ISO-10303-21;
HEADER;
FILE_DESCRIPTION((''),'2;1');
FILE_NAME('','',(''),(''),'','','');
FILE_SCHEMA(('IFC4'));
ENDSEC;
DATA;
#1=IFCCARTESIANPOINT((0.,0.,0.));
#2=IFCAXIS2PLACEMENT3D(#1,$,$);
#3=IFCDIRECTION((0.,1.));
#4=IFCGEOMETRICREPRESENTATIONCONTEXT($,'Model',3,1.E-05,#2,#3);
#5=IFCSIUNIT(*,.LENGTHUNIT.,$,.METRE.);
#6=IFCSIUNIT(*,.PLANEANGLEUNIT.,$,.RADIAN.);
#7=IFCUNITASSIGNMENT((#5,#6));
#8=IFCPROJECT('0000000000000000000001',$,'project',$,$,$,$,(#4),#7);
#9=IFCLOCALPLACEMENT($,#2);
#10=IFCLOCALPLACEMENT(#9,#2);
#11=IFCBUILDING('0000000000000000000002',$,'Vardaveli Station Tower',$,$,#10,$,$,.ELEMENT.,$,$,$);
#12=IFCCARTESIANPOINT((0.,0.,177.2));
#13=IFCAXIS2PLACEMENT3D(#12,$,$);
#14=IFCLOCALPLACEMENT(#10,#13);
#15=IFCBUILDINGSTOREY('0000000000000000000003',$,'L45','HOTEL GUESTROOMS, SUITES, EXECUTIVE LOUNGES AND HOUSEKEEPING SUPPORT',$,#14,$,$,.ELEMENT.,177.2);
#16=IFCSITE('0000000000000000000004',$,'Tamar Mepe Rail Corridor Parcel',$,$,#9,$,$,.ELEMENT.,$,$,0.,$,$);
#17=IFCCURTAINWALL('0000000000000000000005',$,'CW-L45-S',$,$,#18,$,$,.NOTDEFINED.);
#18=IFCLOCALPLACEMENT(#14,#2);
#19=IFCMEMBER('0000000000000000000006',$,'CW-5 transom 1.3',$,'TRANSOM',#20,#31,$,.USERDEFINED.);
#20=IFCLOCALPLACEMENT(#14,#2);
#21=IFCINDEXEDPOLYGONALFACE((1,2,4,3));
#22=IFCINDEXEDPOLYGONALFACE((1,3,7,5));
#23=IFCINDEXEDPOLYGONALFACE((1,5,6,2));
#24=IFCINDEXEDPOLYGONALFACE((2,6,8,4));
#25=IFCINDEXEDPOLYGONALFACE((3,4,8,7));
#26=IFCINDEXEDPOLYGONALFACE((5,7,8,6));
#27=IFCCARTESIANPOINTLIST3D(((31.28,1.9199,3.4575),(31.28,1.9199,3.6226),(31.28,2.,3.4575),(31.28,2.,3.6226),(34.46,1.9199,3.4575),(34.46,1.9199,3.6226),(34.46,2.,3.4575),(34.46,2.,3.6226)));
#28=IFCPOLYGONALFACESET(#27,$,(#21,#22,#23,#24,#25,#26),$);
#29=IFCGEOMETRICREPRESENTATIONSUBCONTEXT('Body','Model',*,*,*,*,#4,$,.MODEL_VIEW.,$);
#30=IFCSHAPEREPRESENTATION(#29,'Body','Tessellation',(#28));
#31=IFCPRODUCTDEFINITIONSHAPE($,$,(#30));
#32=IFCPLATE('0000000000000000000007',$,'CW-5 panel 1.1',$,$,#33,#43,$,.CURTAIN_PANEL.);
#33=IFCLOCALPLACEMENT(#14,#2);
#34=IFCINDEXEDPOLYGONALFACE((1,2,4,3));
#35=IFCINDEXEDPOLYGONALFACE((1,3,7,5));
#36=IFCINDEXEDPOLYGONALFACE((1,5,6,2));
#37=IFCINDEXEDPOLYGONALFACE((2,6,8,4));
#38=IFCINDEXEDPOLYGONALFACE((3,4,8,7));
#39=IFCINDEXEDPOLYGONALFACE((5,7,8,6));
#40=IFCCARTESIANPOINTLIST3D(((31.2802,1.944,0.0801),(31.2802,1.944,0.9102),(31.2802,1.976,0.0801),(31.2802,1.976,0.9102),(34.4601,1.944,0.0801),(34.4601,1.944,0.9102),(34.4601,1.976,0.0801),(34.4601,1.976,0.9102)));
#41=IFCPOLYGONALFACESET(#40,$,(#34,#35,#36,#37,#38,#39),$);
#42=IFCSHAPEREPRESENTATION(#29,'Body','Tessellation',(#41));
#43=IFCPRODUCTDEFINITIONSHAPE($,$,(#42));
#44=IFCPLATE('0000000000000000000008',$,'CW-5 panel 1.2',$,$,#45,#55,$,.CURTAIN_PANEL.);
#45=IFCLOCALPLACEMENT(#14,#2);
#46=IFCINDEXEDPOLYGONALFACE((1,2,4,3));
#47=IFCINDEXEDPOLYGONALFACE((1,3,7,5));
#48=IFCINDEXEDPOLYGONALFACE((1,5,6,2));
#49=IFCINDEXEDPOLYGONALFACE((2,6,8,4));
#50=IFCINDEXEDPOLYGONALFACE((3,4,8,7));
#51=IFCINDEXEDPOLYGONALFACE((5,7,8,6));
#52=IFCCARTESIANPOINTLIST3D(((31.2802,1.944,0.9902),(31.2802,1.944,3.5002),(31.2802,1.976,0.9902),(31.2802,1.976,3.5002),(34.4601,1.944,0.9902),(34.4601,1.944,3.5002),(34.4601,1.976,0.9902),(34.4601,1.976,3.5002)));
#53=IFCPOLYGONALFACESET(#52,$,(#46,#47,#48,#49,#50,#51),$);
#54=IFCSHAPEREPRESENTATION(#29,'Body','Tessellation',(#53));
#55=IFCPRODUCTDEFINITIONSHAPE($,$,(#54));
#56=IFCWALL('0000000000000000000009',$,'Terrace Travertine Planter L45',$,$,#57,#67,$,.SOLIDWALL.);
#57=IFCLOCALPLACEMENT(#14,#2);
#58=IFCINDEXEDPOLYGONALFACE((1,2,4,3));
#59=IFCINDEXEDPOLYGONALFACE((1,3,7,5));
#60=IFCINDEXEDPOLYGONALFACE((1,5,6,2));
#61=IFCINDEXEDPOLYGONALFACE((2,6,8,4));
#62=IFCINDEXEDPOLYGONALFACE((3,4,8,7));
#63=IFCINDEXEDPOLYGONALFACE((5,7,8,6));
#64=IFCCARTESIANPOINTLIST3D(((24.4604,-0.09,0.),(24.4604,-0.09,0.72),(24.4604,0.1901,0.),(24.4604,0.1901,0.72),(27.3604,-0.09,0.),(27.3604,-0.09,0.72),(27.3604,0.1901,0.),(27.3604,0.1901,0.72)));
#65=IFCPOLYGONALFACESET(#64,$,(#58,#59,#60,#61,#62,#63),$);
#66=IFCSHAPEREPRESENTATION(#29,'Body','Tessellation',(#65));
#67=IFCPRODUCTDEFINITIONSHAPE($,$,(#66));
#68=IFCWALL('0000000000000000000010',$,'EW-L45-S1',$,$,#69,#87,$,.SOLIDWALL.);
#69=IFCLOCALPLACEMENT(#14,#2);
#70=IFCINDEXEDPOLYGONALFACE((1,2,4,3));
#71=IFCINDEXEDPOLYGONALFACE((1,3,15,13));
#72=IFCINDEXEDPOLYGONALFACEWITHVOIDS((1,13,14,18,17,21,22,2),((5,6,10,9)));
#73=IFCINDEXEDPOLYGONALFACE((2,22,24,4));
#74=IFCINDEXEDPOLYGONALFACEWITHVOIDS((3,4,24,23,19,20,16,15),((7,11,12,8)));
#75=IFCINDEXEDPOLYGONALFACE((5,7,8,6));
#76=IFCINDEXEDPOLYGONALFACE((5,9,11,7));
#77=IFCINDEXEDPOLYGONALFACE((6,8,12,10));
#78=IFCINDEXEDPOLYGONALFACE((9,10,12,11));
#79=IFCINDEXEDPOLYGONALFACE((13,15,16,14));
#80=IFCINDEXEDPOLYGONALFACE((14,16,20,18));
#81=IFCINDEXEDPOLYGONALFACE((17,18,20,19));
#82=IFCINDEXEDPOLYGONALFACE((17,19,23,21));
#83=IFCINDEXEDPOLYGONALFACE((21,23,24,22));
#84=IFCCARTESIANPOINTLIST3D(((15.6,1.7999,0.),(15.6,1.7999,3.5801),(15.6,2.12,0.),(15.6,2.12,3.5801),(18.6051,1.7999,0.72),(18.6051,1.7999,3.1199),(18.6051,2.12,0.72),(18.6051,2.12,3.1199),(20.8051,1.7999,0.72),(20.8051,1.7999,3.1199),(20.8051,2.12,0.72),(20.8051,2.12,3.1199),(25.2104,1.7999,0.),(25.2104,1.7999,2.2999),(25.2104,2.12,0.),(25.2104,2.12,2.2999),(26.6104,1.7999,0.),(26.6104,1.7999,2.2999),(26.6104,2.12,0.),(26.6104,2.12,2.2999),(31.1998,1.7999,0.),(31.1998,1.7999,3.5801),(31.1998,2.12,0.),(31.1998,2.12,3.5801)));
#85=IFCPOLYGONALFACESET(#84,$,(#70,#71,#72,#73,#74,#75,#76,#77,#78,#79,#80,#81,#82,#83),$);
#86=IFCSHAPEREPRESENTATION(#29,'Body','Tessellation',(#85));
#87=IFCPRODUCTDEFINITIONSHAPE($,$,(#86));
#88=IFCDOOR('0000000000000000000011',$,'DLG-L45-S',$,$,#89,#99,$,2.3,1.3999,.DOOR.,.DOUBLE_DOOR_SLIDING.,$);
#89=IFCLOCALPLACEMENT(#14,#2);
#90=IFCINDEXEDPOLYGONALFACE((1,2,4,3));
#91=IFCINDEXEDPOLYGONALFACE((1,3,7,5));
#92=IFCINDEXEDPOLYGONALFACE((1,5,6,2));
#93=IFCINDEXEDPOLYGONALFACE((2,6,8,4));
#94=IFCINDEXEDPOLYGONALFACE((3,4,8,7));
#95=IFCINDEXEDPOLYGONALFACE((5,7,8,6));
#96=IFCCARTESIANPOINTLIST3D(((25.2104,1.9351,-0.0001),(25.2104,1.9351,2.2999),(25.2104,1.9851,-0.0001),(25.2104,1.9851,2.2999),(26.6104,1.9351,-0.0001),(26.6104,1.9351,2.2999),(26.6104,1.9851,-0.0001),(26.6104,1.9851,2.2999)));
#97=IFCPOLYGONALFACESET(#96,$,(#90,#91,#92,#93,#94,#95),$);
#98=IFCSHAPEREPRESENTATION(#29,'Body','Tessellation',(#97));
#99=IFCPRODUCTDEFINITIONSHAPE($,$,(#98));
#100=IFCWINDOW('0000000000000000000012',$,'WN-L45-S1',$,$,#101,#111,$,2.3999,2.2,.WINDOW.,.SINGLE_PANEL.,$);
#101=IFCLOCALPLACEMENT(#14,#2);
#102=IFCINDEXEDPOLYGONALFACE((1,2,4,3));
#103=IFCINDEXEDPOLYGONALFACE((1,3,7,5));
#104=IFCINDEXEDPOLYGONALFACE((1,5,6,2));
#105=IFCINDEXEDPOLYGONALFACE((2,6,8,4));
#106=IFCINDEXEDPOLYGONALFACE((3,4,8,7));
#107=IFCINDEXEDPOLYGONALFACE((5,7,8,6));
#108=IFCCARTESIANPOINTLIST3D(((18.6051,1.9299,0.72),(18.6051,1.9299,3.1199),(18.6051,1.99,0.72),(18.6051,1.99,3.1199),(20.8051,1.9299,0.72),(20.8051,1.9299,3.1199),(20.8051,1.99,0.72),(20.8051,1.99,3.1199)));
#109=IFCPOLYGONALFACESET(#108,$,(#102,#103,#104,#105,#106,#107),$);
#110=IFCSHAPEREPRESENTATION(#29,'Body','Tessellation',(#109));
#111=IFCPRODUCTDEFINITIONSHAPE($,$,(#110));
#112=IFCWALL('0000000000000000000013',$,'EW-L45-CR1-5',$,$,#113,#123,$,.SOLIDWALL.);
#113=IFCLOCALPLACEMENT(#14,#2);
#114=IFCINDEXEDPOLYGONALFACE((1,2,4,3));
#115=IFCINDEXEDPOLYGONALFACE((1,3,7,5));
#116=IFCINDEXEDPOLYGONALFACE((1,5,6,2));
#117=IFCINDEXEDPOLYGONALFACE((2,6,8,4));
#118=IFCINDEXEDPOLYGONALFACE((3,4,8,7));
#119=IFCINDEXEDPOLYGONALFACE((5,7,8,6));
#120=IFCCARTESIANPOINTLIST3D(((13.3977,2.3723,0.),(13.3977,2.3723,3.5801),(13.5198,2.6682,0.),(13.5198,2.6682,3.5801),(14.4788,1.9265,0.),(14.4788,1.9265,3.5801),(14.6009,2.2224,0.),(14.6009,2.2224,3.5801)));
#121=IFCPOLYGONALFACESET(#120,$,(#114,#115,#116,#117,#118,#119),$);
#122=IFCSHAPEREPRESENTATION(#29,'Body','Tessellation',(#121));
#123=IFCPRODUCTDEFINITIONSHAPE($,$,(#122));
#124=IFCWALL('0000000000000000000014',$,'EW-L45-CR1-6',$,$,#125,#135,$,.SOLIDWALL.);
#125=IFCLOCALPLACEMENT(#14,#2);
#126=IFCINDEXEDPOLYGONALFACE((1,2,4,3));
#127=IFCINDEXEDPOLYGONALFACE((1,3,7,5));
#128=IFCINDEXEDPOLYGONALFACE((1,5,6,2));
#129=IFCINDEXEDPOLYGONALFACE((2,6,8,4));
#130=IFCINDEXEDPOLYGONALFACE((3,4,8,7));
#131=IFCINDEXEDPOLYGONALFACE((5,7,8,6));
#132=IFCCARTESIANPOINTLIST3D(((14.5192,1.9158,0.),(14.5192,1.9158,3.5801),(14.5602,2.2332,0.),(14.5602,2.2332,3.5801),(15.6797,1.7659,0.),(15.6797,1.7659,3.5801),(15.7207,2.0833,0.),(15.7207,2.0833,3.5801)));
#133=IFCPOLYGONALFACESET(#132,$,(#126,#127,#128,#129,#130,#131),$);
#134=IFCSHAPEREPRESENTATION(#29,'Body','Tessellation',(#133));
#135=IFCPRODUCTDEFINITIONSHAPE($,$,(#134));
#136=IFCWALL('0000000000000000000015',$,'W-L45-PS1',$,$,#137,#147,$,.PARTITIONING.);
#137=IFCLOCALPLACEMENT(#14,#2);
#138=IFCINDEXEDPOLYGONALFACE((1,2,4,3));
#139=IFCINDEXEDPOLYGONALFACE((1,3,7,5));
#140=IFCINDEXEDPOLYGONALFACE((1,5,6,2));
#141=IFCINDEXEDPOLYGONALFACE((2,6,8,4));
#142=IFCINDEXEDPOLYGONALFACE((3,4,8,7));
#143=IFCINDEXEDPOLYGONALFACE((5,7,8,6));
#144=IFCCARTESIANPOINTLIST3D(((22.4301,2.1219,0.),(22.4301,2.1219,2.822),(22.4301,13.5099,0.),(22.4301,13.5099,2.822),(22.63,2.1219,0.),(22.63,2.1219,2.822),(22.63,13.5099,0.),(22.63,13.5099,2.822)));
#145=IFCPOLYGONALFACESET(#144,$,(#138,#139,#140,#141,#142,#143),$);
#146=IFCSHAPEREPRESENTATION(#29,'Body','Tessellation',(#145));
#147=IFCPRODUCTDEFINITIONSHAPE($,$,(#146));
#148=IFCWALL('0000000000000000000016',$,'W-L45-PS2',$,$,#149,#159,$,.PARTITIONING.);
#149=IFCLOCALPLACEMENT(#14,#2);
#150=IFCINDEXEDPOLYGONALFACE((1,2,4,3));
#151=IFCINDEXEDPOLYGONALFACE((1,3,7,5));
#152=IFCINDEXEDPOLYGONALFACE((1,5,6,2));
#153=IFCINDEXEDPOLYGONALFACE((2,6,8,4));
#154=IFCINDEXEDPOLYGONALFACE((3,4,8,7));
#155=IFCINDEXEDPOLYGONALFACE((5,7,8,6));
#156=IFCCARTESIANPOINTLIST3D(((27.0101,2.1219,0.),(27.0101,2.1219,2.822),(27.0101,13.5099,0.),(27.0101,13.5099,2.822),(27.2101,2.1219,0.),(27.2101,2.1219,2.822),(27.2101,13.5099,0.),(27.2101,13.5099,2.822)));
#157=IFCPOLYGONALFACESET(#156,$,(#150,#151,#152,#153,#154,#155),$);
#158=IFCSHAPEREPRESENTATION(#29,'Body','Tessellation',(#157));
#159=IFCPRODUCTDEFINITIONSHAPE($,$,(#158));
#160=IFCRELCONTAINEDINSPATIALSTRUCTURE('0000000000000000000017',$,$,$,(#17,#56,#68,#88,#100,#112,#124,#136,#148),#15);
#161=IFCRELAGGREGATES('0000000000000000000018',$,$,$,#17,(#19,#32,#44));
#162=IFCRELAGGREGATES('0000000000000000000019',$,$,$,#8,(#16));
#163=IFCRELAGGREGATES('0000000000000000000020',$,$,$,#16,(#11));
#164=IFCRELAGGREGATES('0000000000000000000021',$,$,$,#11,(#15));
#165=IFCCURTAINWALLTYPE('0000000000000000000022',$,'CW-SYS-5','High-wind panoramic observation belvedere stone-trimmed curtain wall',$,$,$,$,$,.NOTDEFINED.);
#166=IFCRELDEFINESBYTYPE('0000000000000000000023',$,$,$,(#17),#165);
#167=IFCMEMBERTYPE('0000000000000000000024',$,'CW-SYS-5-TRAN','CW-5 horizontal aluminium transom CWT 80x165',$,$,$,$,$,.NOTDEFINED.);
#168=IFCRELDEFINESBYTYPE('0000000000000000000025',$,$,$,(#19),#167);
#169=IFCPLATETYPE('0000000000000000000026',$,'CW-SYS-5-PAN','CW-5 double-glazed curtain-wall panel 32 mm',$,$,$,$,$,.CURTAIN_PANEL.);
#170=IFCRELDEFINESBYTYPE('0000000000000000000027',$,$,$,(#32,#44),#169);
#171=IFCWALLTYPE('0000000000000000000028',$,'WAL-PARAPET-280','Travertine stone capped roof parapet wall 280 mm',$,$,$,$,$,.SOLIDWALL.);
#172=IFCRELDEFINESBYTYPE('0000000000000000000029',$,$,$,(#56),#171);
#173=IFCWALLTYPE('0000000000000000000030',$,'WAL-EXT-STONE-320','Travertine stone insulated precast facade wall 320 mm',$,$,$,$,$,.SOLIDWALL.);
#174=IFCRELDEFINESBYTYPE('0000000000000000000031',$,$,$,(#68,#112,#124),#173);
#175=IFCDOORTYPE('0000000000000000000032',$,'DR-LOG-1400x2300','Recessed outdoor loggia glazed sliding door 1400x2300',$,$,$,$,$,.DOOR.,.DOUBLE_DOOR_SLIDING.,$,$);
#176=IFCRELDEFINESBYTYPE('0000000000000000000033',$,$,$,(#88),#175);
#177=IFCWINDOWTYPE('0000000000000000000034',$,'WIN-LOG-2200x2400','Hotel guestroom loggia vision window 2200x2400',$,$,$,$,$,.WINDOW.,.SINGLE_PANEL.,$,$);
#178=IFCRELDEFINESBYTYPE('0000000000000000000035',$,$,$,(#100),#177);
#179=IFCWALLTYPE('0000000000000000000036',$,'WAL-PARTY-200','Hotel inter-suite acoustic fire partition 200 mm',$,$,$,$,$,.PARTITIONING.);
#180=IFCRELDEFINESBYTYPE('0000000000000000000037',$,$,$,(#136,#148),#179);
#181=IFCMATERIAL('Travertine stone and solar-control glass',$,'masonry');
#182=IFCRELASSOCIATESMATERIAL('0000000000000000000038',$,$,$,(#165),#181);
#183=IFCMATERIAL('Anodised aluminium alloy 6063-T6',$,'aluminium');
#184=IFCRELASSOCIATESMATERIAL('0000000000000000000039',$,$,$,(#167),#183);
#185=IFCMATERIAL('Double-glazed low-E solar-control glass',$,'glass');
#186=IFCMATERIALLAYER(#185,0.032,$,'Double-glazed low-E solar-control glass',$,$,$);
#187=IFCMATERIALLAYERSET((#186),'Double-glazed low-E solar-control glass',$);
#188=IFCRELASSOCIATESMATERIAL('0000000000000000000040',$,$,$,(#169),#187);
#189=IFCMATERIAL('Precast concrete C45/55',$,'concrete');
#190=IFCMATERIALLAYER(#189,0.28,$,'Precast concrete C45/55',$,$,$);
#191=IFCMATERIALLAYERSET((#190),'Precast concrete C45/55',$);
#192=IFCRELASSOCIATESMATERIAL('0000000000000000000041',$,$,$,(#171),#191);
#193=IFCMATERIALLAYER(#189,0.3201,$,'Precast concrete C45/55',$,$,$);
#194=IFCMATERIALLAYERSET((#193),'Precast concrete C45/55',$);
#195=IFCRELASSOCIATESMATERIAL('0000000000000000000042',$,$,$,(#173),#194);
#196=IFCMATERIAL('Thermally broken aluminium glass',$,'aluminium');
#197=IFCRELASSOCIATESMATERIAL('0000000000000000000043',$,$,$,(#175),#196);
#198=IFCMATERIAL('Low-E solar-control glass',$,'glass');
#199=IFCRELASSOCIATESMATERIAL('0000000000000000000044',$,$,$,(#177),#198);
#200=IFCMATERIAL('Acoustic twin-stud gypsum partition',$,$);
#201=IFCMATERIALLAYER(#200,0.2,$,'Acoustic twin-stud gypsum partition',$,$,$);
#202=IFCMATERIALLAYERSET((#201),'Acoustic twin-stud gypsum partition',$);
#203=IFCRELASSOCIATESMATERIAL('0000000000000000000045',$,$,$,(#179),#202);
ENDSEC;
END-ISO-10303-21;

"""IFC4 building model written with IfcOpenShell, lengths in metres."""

from ifc_helpers import new_model, si_unit, direction, frame, frame_2d, origin, origin_2d, place, context, subcontext, project, spatial, rectangle, extrude, source, transform, mapped, material, layer, layer_set, material_profile, profile_set, type_object, element, fill, aggregate, save


model = new_model("IFC4")

# Units and contexts
model_context = context("Model", 3, precision=1e-05, world=origin(), true_north=direction((0.0, 1.0)))
body_context = subcontext(model_context, "Body", "Model", "MODEL_VIEW")
ifc_project = project(units=[si_unit("LENGTHUNIT", "METRE"), si_unit("PLANEANGLEUNIT", "RADIAN")], contexts=[model_context])

# Site, building, storey
site_placement = place(None, origin())
site = spatial("IfcSite", under=ifc_project, at=site_placement, Name="Tamar Mepe Rail Corridor Parcel", CompositionType="ELEMENT", RefElevation=0.0)
building_placement = place(site_placement, origin())
building = spatial("IfcBuilding", under=site, at=building_placement, Name="Vardaveli Station Tower", CompositionType="ELEMENT")
storey_placement = place(building_placement, frame((0.0, 0.0, 177.2)))
storey = spatial("IfcBuildingStorey", under=building, at=storey_placement, Name="L45", Description="HOTEL GUESTROOMS, SUITES, EXECUTIVE LOUNGES AND HOUSEKEEPING SUPPORT", CompositionType="ELEMENT", Elevation=177.2)

# Shared definitions
ifc_material_1 = material(Name="Precast concrete C45/55", Category="concrete")

# Curtain wall, member, plates
ifc_material_2 = material(Name="Travertine stone and solar-control glass", Category="masonry")
curtain_wall_type = type_object("IfcCurtainWallType", Name="CW-SYS-5", Description="High-wind panoramic observation belvedere stone-trimmed curtain wall", PredefinedType="NOTDEFINED", material=ifc_material_2)
curtain_wall_placement = place(storey_placement, origin())
curtain_wall = element("IfcCurtainWall", 1, at=curtain_wall_placement, inside=storey, type_object=curtain_wall_type, Name="CW-L45-S", PredefinedType="NOTDEFINED")
ifc_material_3 = material(Name="Anodised aluminium alloy 6063-T6", Category="aluminium")
ifc_material_profile_1 = material_profile(ifc_material_3, rectangle(XDim=0.0801, YDim=0.165, at=origin_2d()), Name="CWT 80x165")
ifc_profile_set_1 = profile_set([ifc_material_profile_1], Name="Anodised aluminium alloy 6063-T6")
member_type_1 = type_object("IfcMemberType", Name="CW-SYS-5-TRAN", Description="CW-5 horizontal aluminium transom CWT 80x165", PredefinedType="NOTDEFINED", material=ifc_profile_set_1)
shared_shape_1 = source(origin(), body_context, "Body", "SweptSolid", [
    extrude(rectangle(XDim=0.0801, YDim=0.165, at=origin_2d()), origin(), (0.0, 0.0, 1.0), 3.1799),
])
member_1_placement = place(storey_placement, frame((31.28, 1.96, 3.54), z_axis=(1.0, 0.0, 0.0), x_axis=(0.0, 1.0, 0.0)))
member_1 = element("IfcMember", 2, at=member_1_placement, type_object=member_type_1, Name="CW-5 transom 1.3", ObjectType="TRANSOM", PredefinedType="USERDEFINED", context=body_context, shape_type="MappedRepresentation", body=[
    mapped(shared_shape_1, transform((0.0, 0.0, 0.0), scale=1.0)),
])
ifc_material_4 = material(Name="Double-glazed low-E solar-control glass", Category="glass")
ifc_layer_1 = layer(ifc_material_4, 0.032, Name="Double-glazed low-E solar-control glass")
ifc_layer_set_1 = layer_set([ifc_layer_1], Name="Double-glazed low-E solar-control glass")
plate_type = type_object("IfcPlateType", Name="CW-SYS-5-PAN", Description="CW-5 double-glazed curtain-wall panel 32 mm", PredefinedType="CURTAIN_PANEL", material=ifc_layer_set_1)
shared_shape_2 = source(origin(), body_context, "Body", "SweptSolid", [
    extrude(rectangle(XDim=3.1799, YDim=0.032, at=origin_2d()), origin(), (0.0, 0.0, 1.0), 0.8301),
])
plate_1_placement = place(storey_placement, frame((32.8701, 1.96, 0.0801), z_axis=(0.0, 0.0, 1.0), x_axis=(1.0, 0.0, 0.0)))
plate_1 = element("IfcPlate", 3, at=plate_1_placement, type_object=plate_type, Name="CW-5 panel 1.1", PredefinedType="CURTAIN_PANEL", context=body_context, shape_type="MappedRepresentation", body=[
    mapped(shared_shape_2, transform((0.0, 0.0, 0.0), scale=1.0)),
])
shared_shape_3 = source(origin(), body_context, "Body", "SweptSolid", [
    extrude(rectangle(XDim=3.1799, YDim=0.032, at=origin_2d()), origin(), (0.0, 0.0, 1.0), 2.51),
])
plate_2_placement = place(storey_placement, frame((32.8701, 1.96, 0.9902), z_axis=(0.0, 0.0, 1.0), x_axis=(1.0, 0.0, 0.0)))
plate_2 = element("IfcPlate", 4, at=plate_2_placement, type_object=plate_type, Name="CW-5 panel 1.2", PredefinedType="CURTAIN_PANEL", context=body_context, shape_type="MappedRepresentation", body=[
    mapped(shared_shape_3, transform((0.0, 0.0, 0.0), scale=1.0)),
])
aggregate(curtain_wall, [member_1, plate_1, plate_2])

# Wall
ifc_layer_2 = layer(ifc_material_1, 0.28, Name="Precast concrete C45/55")
ifc_layer_set_2 = layer_set([ifc_layer_2], Name="Precast concrete C45/55")
wall_type_1 = type_object("IfcWallType", Name="WAL-PARAPET-280", Description="Travertine stone capped roof parapet wall 280 mm", PredefinedType="SOLIDWALL", material=ifc_layer_set_2)
shared_shape_4 = source(origin(), body_context, "Body", "SweptSolid", [
    extrude(rectangle(XDim=2.8999, YDim=0.28, at=frame_2d((1.45, 0.0))), origin(), (0.0, 0.0, 1.0), 0.72),
])
wall_1_placement = place(storey_placement, frame((24.4604, 0.05, 0.0), z_axis=(0.0, 0.0, 1.0), x_axis=(1.0, 0.0, 0.0)))
element("IfcWall", 5, at=wall_1_placement, inside=storey, type_object=wall_type_1, Name="Terrace Travertine Planter L45", PredefinedType="SOLIDWALL", context=body_context, shape_type="MappedRepresentation", body=[
    mapped(shared_shape_4, transform((0.0, 0.0, 0.0), scale=1.0)),
])

# Wall, openings, door, window
ifc_layer_3 = layer(ifc_material_1, 0.3201, Name="Precast concrete C45/55")
ifc_layer_set_3 = layer_set([ifc_layer_3], Name="Precast concrete C45/55")
wall_type_2 = type_object("IfcWallType", Name="WAL-EXT-STONE-320", Description="Travertine stone insulated precast facade wall 320 mm", PredefinedType="SOLIDWALL", material=ifc_layer_set_3)
shared_shape_5 = source(origin(), body_context, "Body", "SweptSolid", [
    extrude(rectangle(XDim=15.5999, YDim=0.3201, at=frame_2d((7.7998, 0.0))), origin(), (0.0, 0.0, 1.0), 3.5801),
])
wall_2_placement = place(storey_placement, frame((15.6001, 1.96, 0.0), z_axis=(0.0, 0.0, 1.0), x_axis=(1.0, 0.0, 0.0)))
wall_2 = element("IfcWall", 6, at=wall_2_placement, inside=storey, type_object=wall_type_2, Name="EW-L45-S1", PredefinedType="SOLIDWALL", context=body_context, shape_type="MappedRepresentation", body=[
    mapped(shared_shape_5, transform((0.0, 0.0, 0.0), scale=1.0)),
])
shared_shape_6 = source(origin(), body_context, "Body", "SweptSolid", [
    extrude(rectangle(XDim=1.3999, YDim=2.3, at=frame_2d((0.7, 1.1499))), frame((0.0, 0.1699, 0.0), z_axis=(0.0, -1.0, 0.0), x_axis=(1.0, 0.0, 0.0)), (0.0, 0.0, 1.0), 0.3401),
])
opening_1_placement = place(wall_2_placement, frame((9.6104, 0.0, 0.0)))
opening_1 = element("IfcOpeningElement", 7, at=opening_1_placement, cuts=wall_2, PredefinedType="OPENING", context=body_context, shape_type="MappedRepresentation", body=[
    mapped(shared_shape_6, transform((0.0, 0.0, 0.0), scale=1.0)),
])
shared_shape_7 = source(origin(), body_context, "Body", "SweptSolid", [
    extrude(rectangle(XDim=2.2, YDim=2.3999, at=frame_2d((1.1001, 1.2))), frame((0.0, 0.1699, 0.0), z_axis=(0.0, -1.0, 0.0), x_axis=(1.0, 0.0, 0.0)), (0.0, 0.0, 1.0), 0.3401),
])
opening_2_placement = place(wall_2_placement, frame((3.0049, 0.0, 0.72)))
opening_2 = element("IfcOpeningElement", 8, at=opening_2_placement, cuts=wall_2, PredefinedType="OPENING", context=body_context, shape_type="MappedRepresentation", body=[
    mapped(shared_shape_7, transform((0.0, 0.0, 0.0), scale=1.0)),
])
ifc_material_5 = material(Name="Thermally broken aluminium glass", Category="aluminium")
door_type = type_object("IfcDoorType", Name="DR-LOG-1400x2300", Description="Recessed outdoor loggia glazed sliding door 1400x2300", OperationType="DOUBLE_DOOR_SLIDING", PredefinedType="DOOR", material=ifc_material_5)
shared_shape_8 = source(origin(), body_context, "Body", "SweptSolid", [
    extrude(rectangle(XDim=1.3999, YDim=2.3, at=frame_2d((0.7, 1.1499))), frame((0.0, 0.0249, 0.0), z_axis=(0.0, -1.0, 0.0), x_axis=(1.0, 0.0, 0.0)), (0.0, 0.0, 1.0), 0.05),
])
door_placement = place(opening_1_placement, frame((1.3999, 0.0, 0.0), z_axis=(0.0, 0.0, 1.0), x_axis=(-1.0, 0.0, 0.0)))
door = element("IfcDoor", 9, at=door_placement, inside=storey, type_object=door_type, Name="DLG-L45-S", OperationType="DOUBLE_DOOR_SLIDING", OverallHeight=2.3, OverallWidth=1.3999, PredefinedType="DOOR", context=body_context, shape_type="MappedRepresentation", body=[
    mapped(shared_shape_8, transform((0.0, 0.0, 0.0), scale=1.0)),
])
fill(opening_1, door)
ifc_material_6 = material(Name="Low-E solar-control glass", Category="glass")
window_type = type_object("IfcWindowType", Name="WIN-LOG-2200x2400", Description="Hotel guestroom loggia vision window 2200x2400", PartitioningType="SINGLE_PANEL", PredefinedType="WINDOW", material=ifc_material_6)
shared_shape_9 = source(origin(), body_context, "Body", "SweptSolid", [
    extrude(rectangle(XDim=2.2, YDim=2.3999, at=frame_2d((1.1001, 1.2))), frame((0.0, 0.03, 0.0), z_axis=(0.0, -1.0, 0.0), x_axis=(1.0, 0.0, 0.0)), (0.0, 0.0, 1.0), 0.0601),
])
window_placement = place(opening_2_placement, origin())
window = element("IfcWindow", 10, at=window_placement, inside=storey, type_object=window_type, Name="WN-L45-S1", OverallHeight=2.3999, OverallWidth=2.2, PartitioningType="SINGLE_PANEL", PredefinedType="WINDOW", context=body_context, shape_type="MappedRepresentation", body=[
    mapped(shared_shape_9, transform((0.0, 0.0, 0.0), scale=1.0)),
])
fill(opening_2, window)

# Walls
shared_shape_10 = source(origin(), body_context, "Body", "SweptSolid", [
    extrude(rectangle(XDim=1.1694, YDim=0.3201, at=frame_2d((0.5847, 0.0))), origin(), (0.0, 0.0, 1.0), 3.5801),
])
wall_3_placement = place(storey_placement, frame((13.4587, 2.5203, 0.0), z_axis=(0.0, 0.0, 1.0), x_axis=(0.924479, -0.381233, 0.0)))
element("IfcWall", 11, at=wall_3_placement, inside=storey, type_object=wall_type_2, Name="EW-L45-CR1-5", PredefinedType="SOLIDWALL", context=body_context, shape_type="MappedRepresentation", body=[
    mapped(shared_shape_10, transform((0.0, 0.0, 0.0), scale=1.0)),
])
shared_shape_11 = source(origin(), body_context, "Body", "SweptSolid", [
    extrude(rectangle(XDim=1.1702, YDim=0.3201, at=frame_2d((0.585, 0.0))), origin(), (0.0, 0.0, 1.0), 3.5801),
])
wall_4_placement = place(storey_placement, frame((14.5398, 2.0745, 0.0), z_axis=(0.0, 0.0, 1.0), x_axis=(0.991762, -0.12809, 0.0)))
element("IfcWall", 12, at=wall_4_placement, inside=storey, type_object=wall_type_2, Name="EW-L45-CR1-6", PredefinedType="SOLIDWALL", context=body_context, shape_type="MappedRepresentation", body=[
    mapped(shared_shape_11, transform((0.0, 0.0, 0.0), scale=1.0)),
])
ifc_material_7 = material(Name="Acoustic twin-stud gypsum partition")
ifc_layer_4 = layer(ifc_material_7, 0.2, Name="Acoustic twin-stud gypsum partition")
ifc_layer_set_4 = layer_set([ifc_layer_4], Name="Acoustic twin-stud gypsum partition")
wall_type_3 = type_object("IfcWallType", Name="WAL-PARTY-200", Description="Hotel inter-suite acoustic fire partition 200 mm", PredefinedType="PARTITIONING", material=ifc_layer_set_4)
shared_shape_12 = source(origin(), body_context, "Body", "SweptSolid", [
    extrude(rectangle(XDim=11.3879, YDim=0.2, at=frame_2d((5.6938, 0.0))), origin(), (0.0, 0.0, 1.0), 2.822),
])
for number, where, z_axis, x_axis, name in (
    (13, (22.53, 2.1221, 0.0), (0.0, 0.0, 1.0), (0.0, 1.0, 0.0), "W-L45-PS1"),
    (14, (27.1101, 2.1221, 0.0), (0.0, 0.0, 1.0), (0.0, 1.0, 0.0), "W-L45-PS2"),
):
    element("IfcWall", number, at=place(storey_placement, frame(where, z_axis=z_axis, x_axis=x_axis)), inside=storey, type_object=wall_type_3, Name=name, PredefinedType="PARTITIONING", context=body_context, shape_type="MappedRepresentation", body=[
        mapped(shared_shape_12, transform((0.0, 0.0, 0.0), scale=1.0)),
    ])

save(model, "model.ifc")
